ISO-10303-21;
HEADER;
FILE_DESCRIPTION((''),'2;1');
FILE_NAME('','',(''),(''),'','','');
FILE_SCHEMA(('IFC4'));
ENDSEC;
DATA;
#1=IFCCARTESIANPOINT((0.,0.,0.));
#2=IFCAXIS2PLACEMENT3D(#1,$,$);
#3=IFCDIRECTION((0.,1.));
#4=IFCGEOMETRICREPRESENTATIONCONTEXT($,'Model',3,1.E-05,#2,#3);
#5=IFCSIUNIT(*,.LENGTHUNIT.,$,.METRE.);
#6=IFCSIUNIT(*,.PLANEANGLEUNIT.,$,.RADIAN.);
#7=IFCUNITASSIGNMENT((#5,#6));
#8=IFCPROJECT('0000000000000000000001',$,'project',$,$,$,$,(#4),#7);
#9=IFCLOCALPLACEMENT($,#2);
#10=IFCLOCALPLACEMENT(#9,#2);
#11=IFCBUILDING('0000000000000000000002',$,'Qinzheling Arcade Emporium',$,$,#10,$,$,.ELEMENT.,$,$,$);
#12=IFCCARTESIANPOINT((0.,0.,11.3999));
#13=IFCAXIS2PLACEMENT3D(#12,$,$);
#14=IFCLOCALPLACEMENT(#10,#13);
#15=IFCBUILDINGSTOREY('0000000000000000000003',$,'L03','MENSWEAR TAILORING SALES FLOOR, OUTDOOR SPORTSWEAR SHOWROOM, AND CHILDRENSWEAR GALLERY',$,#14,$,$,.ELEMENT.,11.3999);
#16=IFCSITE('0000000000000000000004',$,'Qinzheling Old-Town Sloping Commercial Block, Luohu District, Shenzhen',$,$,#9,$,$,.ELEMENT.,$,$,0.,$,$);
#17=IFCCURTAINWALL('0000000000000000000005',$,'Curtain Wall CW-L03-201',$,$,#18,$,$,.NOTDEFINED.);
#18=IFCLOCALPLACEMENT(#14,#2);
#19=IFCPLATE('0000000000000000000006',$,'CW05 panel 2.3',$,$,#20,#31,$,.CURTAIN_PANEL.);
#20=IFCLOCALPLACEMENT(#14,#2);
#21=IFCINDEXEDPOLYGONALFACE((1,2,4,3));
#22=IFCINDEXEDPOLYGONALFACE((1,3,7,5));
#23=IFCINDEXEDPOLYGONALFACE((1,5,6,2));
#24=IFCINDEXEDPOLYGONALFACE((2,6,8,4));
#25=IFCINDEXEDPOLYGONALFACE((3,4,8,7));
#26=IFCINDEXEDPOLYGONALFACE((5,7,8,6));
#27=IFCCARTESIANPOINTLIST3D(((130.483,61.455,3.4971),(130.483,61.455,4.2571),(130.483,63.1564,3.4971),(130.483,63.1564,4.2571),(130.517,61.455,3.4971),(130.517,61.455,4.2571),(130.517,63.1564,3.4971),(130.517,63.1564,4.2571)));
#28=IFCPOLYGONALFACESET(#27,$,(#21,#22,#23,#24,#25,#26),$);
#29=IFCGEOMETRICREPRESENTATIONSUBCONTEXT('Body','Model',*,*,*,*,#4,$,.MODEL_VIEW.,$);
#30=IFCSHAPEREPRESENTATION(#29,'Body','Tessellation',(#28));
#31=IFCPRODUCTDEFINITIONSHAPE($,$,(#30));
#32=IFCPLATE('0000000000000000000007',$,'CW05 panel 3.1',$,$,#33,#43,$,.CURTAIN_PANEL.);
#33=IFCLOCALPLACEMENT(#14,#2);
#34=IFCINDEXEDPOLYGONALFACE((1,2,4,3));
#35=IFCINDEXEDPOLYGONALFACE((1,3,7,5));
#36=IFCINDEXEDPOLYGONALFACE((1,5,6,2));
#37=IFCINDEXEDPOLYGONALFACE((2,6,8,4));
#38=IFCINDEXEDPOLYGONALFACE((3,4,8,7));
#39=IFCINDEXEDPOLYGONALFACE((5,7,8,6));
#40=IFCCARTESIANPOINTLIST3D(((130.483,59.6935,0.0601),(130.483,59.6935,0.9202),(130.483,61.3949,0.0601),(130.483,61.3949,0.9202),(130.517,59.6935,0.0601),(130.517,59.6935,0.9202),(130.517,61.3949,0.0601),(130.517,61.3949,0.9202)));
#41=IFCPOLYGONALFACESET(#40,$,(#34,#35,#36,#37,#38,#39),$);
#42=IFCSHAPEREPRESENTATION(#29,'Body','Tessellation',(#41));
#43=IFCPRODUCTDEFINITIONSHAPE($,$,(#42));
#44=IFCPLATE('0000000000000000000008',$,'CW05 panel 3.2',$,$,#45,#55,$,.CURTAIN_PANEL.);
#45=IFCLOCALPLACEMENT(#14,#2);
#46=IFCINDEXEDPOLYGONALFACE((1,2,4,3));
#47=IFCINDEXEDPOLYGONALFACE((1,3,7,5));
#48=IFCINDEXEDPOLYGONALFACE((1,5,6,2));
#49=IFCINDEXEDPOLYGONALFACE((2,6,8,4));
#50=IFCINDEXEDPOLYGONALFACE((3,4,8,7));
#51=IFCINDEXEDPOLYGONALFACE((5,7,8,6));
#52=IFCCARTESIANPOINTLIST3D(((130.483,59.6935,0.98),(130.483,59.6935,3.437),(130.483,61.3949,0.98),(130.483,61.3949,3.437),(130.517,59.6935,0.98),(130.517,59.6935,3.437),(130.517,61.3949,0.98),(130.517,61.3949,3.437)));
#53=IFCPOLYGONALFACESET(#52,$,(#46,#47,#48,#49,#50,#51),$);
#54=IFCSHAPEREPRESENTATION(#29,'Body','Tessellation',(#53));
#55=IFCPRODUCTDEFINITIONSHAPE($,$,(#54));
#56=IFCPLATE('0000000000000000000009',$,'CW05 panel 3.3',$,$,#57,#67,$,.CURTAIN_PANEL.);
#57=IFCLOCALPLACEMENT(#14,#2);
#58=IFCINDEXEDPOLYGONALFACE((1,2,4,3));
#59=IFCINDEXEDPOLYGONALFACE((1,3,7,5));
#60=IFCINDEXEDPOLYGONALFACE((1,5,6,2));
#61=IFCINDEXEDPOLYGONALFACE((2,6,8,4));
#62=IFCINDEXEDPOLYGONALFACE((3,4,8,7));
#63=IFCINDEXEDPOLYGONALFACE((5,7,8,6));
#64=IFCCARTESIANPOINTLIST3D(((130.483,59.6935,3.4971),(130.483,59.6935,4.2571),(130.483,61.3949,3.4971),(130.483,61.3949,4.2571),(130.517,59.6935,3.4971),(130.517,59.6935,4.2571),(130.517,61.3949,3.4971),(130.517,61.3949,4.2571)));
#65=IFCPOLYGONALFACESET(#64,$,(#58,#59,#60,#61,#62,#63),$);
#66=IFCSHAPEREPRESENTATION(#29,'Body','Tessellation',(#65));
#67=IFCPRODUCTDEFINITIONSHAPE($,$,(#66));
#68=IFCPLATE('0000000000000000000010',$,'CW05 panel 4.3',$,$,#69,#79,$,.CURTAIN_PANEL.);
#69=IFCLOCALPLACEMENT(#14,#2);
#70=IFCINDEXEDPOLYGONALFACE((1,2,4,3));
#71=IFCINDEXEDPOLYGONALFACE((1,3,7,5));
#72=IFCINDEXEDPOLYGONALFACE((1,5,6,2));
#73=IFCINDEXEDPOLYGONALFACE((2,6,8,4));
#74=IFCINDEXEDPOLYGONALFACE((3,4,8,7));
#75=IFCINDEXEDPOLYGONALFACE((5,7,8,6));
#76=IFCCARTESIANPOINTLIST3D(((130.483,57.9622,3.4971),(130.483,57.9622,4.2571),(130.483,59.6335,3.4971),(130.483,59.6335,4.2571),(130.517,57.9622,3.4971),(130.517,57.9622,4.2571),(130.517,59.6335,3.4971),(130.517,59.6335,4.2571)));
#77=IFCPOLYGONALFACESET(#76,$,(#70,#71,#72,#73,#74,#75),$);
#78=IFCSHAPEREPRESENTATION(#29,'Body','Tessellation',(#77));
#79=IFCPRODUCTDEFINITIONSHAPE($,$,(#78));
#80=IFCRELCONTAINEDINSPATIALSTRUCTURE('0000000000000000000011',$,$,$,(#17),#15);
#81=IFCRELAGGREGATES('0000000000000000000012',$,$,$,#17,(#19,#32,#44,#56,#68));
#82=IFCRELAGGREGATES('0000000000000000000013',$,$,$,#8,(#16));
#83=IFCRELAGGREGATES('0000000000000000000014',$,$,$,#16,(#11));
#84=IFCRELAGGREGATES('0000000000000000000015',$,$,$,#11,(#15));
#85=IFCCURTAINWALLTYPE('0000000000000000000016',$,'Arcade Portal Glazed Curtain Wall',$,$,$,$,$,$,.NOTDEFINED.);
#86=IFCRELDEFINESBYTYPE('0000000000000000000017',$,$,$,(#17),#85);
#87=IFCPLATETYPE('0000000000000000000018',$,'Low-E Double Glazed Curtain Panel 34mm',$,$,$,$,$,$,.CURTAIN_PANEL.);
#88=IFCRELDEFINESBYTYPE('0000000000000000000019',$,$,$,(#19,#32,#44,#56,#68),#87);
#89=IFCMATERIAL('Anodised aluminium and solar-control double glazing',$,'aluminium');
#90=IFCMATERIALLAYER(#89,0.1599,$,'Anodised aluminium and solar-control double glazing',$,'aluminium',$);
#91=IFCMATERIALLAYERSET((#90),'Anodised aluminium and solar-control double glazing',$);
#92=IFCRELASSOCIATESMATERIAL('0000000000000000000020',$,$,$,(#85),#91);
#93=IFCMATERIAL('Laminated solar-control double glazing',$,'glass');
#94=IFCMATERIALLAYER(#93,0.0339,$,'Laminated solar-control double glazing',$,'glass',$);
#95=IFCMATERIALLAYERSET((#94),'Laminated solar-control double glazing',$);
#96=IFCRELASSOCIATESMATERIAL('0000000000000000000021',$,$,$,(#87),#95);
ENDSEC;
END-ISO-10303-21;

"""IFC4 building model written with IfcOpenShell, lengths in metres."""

from ifc_helpers import new_model, si_unit, direction, frame, origin, origin_2d, place, context, subcontext, project, spatial, rectangle, extrude, material, layer, layer_set, type_object, element, aggregate, save


model = new_model("IFC4")

# Units and contexts
model_context = context("Model", 3, precision=1e-05, world=origin(), true_north=direction((0.0, 1.0)))
body_context = subcontext(model_context, "Body", "Model", "MODEL_VIEW")
ifc_project = project(units=[si_unit("LENGTHUNIT", "METRE"), si_unit("PLANEANGLEUNIT", "RADIAN")], contexts=[model_context])

# Site, building, storey
site_placement = place(None, origin())
site = spatial("IfcSite", under=ifc_project, at=site_placement, Name="Qinzheling Old-Town Sloping Commercial Block, Luohu District, Shenzhen", CompositionType="ELEMENT", RefElevation=0.0)
building_placement = place(site_placement, origin())
building = spatial("IfcBuilding", under=site, at=building_placement, Name="Qinzheling Arcade Emporium", CompositionType="ELEMENT")
storey_placement = place(building_placement, frame((0.0, 0.0, 11.3999)))
storey = spatial("IfcBuildingStorey", under=building, at=storey_placement, Name="L03", Description="MENSWEAR TAILORING SALES FLOOR, OUTDOOR SPORTSWEAR SHOWROOM, AND CHILDRENSWEAR GALLERY", CompositionType="ELEMENT", Elevation=11.3999)

# Shared definitions
ifc_material_1 = material(Name="Anodised aluminium and solar-control double glazing", Category="aluminium")
ifc_layer_1 = layer(ifc_material_1, 0.1599, Name="Anodised aluminium and solar-control double glazing", Category="aluminium")
ifc_layer_set_1 = layer_set([ifc_layer_1], Name="Anodised aluminium and solar-control double glazing")
curtain_wall_type = type_object("IfcCurtainWallType", Name="Arcade Portal Glazed Curtain Wall", PredefinedType="NOTDEFINED", material=ifc_layer_set_1)

# Curtain wall
curtain_wall_1_placement = place(storey_placement, origin())
curtain_wall_1 = element("IfcCurtainWall", 1, at=curtain_wall_1_placement, inside=storey, type_object=curtain_wall_type, Name="Curtain Wall CW-L03-201", PredefinedType="NOTDEFINED")

# Plates
ifc_material_2 = material(Name="Laminated solar-control double glazing", Category="glass")
ifc_layer_2 = layer(ifc_material_2, 0.0339, Name="Laminated solar-control double glazing", Category="glass")
ifc_layer_set_2 = layer_set([ifc_layer_2], Name="Laminated solar-control double glazing")
plate_type_1 = type_object("IfcPlateType", Name="Low-E Double Glazed Curtain Panel 34mm", PredefinedType="CURTAIN_PANEL", material=ifc_layer_set_2)
plate_1_placement = place(storey_placement, frame((130.5, 62.3057, 3.4971), z_axis=(0.0, 0.0, 1.0), x_axis=(0.0, -1.0, 0.0)))
plate_1 = element("IfcPlate", 2, at=plate_1_placement, type_object=plate_type_1, Name="CW05 panel 2.3", PredefinedType="CURTAIN_PANEL", context=body_context, shape_type="SweptSolid", body=[
    extrude(rectangle(XDim=1.7014, YDim=0.0339, at=origin_2d()), origin(), (0.0, 0.0, 1.0), 0.76),
])
plate_2_placement = place(storey_placement, frame((130.5, 60.5442, 0.0601), z_axis=(0.0, 0.0, 1.0), x_axis=(0.0, -1.0, 0.0)))
plate_2 = element("IfcPlate", 3, at=plate_2_placement, type_object=plate_type_1, Name="CW05 panel 3.1", PredefinedType="CURTAIN_PANEL", context=body_context, shape_type="SweptSolid", body=[
    extrude(rectangle(XDim=1.7014, YDim=0.0339, at=origin_2d()), origin(), (0.0, 0.0, 1.0), 0.8601),
])
plate_3_placement = place(storey_placement, frame((130.5, 60.5442, 0.98), z_axis=(0.0, 0.0, 1.0), x_axis=(0.0, -1.0, 0.0)))
plate_3 = element("IfcPlate", 4, at=plate_3_placement, type_object=plate_type_1, Name="CW05 panel 3.2", PredefinedType="CURTAIN_PANEL", context=body_context, shape_type="SweptSolid", body=[
    extrude(rectangle(XDim=1.7014, YDim=0.0339, at=origin_2d()), origin(), (0.0, 0.0, 1.0), 2.457),
])
plate_4_placement = place(storey_placement, frame((130.5, 60.5442, 3.4971), z_axis=(0.0, 0.0, 1.0), x_axis=(0.0, -1.0, 0.0)))
plate_4 = element("IfcPlate", 5, at=plate_4_placement, type_object=plate_type_1, Name="CW05 panel 3.3", PredefinedType="CURTAIN_PANEL", context=body_context, shape_type="SweptSolid", body=[
    extrude(rectangle(XDim=1.7014, YDim=0.0339, at=origin_2d()), origin(), (0.0, 0.0, 1.0), 0.76),
])
plate_5_placement = place(storey_placement, frame((130.5, 58.7979, 3.4971), z_axis=(0.0, 0.0, 1.0), x_axis=(0.0, -1.0, 0.0)))
plate_5 = element("IfcPlate", 6, at=plate_5_placement, type_object=plate_type_1, Name="CW05 panel 4.3", PredefinedType="CURTAIN_PANEL", context=body_context, shape_type="SweptSolid", body=[
    extrude(rectangle(XDim=1.6714, YDim=0.0339, at=origin_2d()), origin(), (0.0, 0.0, 1.0), 0.76),
])
aggregate(curtain_wall_1, [plate_1, plate_2, plate_3, plate_4, plate_5])

save(model, "model.ifc")
